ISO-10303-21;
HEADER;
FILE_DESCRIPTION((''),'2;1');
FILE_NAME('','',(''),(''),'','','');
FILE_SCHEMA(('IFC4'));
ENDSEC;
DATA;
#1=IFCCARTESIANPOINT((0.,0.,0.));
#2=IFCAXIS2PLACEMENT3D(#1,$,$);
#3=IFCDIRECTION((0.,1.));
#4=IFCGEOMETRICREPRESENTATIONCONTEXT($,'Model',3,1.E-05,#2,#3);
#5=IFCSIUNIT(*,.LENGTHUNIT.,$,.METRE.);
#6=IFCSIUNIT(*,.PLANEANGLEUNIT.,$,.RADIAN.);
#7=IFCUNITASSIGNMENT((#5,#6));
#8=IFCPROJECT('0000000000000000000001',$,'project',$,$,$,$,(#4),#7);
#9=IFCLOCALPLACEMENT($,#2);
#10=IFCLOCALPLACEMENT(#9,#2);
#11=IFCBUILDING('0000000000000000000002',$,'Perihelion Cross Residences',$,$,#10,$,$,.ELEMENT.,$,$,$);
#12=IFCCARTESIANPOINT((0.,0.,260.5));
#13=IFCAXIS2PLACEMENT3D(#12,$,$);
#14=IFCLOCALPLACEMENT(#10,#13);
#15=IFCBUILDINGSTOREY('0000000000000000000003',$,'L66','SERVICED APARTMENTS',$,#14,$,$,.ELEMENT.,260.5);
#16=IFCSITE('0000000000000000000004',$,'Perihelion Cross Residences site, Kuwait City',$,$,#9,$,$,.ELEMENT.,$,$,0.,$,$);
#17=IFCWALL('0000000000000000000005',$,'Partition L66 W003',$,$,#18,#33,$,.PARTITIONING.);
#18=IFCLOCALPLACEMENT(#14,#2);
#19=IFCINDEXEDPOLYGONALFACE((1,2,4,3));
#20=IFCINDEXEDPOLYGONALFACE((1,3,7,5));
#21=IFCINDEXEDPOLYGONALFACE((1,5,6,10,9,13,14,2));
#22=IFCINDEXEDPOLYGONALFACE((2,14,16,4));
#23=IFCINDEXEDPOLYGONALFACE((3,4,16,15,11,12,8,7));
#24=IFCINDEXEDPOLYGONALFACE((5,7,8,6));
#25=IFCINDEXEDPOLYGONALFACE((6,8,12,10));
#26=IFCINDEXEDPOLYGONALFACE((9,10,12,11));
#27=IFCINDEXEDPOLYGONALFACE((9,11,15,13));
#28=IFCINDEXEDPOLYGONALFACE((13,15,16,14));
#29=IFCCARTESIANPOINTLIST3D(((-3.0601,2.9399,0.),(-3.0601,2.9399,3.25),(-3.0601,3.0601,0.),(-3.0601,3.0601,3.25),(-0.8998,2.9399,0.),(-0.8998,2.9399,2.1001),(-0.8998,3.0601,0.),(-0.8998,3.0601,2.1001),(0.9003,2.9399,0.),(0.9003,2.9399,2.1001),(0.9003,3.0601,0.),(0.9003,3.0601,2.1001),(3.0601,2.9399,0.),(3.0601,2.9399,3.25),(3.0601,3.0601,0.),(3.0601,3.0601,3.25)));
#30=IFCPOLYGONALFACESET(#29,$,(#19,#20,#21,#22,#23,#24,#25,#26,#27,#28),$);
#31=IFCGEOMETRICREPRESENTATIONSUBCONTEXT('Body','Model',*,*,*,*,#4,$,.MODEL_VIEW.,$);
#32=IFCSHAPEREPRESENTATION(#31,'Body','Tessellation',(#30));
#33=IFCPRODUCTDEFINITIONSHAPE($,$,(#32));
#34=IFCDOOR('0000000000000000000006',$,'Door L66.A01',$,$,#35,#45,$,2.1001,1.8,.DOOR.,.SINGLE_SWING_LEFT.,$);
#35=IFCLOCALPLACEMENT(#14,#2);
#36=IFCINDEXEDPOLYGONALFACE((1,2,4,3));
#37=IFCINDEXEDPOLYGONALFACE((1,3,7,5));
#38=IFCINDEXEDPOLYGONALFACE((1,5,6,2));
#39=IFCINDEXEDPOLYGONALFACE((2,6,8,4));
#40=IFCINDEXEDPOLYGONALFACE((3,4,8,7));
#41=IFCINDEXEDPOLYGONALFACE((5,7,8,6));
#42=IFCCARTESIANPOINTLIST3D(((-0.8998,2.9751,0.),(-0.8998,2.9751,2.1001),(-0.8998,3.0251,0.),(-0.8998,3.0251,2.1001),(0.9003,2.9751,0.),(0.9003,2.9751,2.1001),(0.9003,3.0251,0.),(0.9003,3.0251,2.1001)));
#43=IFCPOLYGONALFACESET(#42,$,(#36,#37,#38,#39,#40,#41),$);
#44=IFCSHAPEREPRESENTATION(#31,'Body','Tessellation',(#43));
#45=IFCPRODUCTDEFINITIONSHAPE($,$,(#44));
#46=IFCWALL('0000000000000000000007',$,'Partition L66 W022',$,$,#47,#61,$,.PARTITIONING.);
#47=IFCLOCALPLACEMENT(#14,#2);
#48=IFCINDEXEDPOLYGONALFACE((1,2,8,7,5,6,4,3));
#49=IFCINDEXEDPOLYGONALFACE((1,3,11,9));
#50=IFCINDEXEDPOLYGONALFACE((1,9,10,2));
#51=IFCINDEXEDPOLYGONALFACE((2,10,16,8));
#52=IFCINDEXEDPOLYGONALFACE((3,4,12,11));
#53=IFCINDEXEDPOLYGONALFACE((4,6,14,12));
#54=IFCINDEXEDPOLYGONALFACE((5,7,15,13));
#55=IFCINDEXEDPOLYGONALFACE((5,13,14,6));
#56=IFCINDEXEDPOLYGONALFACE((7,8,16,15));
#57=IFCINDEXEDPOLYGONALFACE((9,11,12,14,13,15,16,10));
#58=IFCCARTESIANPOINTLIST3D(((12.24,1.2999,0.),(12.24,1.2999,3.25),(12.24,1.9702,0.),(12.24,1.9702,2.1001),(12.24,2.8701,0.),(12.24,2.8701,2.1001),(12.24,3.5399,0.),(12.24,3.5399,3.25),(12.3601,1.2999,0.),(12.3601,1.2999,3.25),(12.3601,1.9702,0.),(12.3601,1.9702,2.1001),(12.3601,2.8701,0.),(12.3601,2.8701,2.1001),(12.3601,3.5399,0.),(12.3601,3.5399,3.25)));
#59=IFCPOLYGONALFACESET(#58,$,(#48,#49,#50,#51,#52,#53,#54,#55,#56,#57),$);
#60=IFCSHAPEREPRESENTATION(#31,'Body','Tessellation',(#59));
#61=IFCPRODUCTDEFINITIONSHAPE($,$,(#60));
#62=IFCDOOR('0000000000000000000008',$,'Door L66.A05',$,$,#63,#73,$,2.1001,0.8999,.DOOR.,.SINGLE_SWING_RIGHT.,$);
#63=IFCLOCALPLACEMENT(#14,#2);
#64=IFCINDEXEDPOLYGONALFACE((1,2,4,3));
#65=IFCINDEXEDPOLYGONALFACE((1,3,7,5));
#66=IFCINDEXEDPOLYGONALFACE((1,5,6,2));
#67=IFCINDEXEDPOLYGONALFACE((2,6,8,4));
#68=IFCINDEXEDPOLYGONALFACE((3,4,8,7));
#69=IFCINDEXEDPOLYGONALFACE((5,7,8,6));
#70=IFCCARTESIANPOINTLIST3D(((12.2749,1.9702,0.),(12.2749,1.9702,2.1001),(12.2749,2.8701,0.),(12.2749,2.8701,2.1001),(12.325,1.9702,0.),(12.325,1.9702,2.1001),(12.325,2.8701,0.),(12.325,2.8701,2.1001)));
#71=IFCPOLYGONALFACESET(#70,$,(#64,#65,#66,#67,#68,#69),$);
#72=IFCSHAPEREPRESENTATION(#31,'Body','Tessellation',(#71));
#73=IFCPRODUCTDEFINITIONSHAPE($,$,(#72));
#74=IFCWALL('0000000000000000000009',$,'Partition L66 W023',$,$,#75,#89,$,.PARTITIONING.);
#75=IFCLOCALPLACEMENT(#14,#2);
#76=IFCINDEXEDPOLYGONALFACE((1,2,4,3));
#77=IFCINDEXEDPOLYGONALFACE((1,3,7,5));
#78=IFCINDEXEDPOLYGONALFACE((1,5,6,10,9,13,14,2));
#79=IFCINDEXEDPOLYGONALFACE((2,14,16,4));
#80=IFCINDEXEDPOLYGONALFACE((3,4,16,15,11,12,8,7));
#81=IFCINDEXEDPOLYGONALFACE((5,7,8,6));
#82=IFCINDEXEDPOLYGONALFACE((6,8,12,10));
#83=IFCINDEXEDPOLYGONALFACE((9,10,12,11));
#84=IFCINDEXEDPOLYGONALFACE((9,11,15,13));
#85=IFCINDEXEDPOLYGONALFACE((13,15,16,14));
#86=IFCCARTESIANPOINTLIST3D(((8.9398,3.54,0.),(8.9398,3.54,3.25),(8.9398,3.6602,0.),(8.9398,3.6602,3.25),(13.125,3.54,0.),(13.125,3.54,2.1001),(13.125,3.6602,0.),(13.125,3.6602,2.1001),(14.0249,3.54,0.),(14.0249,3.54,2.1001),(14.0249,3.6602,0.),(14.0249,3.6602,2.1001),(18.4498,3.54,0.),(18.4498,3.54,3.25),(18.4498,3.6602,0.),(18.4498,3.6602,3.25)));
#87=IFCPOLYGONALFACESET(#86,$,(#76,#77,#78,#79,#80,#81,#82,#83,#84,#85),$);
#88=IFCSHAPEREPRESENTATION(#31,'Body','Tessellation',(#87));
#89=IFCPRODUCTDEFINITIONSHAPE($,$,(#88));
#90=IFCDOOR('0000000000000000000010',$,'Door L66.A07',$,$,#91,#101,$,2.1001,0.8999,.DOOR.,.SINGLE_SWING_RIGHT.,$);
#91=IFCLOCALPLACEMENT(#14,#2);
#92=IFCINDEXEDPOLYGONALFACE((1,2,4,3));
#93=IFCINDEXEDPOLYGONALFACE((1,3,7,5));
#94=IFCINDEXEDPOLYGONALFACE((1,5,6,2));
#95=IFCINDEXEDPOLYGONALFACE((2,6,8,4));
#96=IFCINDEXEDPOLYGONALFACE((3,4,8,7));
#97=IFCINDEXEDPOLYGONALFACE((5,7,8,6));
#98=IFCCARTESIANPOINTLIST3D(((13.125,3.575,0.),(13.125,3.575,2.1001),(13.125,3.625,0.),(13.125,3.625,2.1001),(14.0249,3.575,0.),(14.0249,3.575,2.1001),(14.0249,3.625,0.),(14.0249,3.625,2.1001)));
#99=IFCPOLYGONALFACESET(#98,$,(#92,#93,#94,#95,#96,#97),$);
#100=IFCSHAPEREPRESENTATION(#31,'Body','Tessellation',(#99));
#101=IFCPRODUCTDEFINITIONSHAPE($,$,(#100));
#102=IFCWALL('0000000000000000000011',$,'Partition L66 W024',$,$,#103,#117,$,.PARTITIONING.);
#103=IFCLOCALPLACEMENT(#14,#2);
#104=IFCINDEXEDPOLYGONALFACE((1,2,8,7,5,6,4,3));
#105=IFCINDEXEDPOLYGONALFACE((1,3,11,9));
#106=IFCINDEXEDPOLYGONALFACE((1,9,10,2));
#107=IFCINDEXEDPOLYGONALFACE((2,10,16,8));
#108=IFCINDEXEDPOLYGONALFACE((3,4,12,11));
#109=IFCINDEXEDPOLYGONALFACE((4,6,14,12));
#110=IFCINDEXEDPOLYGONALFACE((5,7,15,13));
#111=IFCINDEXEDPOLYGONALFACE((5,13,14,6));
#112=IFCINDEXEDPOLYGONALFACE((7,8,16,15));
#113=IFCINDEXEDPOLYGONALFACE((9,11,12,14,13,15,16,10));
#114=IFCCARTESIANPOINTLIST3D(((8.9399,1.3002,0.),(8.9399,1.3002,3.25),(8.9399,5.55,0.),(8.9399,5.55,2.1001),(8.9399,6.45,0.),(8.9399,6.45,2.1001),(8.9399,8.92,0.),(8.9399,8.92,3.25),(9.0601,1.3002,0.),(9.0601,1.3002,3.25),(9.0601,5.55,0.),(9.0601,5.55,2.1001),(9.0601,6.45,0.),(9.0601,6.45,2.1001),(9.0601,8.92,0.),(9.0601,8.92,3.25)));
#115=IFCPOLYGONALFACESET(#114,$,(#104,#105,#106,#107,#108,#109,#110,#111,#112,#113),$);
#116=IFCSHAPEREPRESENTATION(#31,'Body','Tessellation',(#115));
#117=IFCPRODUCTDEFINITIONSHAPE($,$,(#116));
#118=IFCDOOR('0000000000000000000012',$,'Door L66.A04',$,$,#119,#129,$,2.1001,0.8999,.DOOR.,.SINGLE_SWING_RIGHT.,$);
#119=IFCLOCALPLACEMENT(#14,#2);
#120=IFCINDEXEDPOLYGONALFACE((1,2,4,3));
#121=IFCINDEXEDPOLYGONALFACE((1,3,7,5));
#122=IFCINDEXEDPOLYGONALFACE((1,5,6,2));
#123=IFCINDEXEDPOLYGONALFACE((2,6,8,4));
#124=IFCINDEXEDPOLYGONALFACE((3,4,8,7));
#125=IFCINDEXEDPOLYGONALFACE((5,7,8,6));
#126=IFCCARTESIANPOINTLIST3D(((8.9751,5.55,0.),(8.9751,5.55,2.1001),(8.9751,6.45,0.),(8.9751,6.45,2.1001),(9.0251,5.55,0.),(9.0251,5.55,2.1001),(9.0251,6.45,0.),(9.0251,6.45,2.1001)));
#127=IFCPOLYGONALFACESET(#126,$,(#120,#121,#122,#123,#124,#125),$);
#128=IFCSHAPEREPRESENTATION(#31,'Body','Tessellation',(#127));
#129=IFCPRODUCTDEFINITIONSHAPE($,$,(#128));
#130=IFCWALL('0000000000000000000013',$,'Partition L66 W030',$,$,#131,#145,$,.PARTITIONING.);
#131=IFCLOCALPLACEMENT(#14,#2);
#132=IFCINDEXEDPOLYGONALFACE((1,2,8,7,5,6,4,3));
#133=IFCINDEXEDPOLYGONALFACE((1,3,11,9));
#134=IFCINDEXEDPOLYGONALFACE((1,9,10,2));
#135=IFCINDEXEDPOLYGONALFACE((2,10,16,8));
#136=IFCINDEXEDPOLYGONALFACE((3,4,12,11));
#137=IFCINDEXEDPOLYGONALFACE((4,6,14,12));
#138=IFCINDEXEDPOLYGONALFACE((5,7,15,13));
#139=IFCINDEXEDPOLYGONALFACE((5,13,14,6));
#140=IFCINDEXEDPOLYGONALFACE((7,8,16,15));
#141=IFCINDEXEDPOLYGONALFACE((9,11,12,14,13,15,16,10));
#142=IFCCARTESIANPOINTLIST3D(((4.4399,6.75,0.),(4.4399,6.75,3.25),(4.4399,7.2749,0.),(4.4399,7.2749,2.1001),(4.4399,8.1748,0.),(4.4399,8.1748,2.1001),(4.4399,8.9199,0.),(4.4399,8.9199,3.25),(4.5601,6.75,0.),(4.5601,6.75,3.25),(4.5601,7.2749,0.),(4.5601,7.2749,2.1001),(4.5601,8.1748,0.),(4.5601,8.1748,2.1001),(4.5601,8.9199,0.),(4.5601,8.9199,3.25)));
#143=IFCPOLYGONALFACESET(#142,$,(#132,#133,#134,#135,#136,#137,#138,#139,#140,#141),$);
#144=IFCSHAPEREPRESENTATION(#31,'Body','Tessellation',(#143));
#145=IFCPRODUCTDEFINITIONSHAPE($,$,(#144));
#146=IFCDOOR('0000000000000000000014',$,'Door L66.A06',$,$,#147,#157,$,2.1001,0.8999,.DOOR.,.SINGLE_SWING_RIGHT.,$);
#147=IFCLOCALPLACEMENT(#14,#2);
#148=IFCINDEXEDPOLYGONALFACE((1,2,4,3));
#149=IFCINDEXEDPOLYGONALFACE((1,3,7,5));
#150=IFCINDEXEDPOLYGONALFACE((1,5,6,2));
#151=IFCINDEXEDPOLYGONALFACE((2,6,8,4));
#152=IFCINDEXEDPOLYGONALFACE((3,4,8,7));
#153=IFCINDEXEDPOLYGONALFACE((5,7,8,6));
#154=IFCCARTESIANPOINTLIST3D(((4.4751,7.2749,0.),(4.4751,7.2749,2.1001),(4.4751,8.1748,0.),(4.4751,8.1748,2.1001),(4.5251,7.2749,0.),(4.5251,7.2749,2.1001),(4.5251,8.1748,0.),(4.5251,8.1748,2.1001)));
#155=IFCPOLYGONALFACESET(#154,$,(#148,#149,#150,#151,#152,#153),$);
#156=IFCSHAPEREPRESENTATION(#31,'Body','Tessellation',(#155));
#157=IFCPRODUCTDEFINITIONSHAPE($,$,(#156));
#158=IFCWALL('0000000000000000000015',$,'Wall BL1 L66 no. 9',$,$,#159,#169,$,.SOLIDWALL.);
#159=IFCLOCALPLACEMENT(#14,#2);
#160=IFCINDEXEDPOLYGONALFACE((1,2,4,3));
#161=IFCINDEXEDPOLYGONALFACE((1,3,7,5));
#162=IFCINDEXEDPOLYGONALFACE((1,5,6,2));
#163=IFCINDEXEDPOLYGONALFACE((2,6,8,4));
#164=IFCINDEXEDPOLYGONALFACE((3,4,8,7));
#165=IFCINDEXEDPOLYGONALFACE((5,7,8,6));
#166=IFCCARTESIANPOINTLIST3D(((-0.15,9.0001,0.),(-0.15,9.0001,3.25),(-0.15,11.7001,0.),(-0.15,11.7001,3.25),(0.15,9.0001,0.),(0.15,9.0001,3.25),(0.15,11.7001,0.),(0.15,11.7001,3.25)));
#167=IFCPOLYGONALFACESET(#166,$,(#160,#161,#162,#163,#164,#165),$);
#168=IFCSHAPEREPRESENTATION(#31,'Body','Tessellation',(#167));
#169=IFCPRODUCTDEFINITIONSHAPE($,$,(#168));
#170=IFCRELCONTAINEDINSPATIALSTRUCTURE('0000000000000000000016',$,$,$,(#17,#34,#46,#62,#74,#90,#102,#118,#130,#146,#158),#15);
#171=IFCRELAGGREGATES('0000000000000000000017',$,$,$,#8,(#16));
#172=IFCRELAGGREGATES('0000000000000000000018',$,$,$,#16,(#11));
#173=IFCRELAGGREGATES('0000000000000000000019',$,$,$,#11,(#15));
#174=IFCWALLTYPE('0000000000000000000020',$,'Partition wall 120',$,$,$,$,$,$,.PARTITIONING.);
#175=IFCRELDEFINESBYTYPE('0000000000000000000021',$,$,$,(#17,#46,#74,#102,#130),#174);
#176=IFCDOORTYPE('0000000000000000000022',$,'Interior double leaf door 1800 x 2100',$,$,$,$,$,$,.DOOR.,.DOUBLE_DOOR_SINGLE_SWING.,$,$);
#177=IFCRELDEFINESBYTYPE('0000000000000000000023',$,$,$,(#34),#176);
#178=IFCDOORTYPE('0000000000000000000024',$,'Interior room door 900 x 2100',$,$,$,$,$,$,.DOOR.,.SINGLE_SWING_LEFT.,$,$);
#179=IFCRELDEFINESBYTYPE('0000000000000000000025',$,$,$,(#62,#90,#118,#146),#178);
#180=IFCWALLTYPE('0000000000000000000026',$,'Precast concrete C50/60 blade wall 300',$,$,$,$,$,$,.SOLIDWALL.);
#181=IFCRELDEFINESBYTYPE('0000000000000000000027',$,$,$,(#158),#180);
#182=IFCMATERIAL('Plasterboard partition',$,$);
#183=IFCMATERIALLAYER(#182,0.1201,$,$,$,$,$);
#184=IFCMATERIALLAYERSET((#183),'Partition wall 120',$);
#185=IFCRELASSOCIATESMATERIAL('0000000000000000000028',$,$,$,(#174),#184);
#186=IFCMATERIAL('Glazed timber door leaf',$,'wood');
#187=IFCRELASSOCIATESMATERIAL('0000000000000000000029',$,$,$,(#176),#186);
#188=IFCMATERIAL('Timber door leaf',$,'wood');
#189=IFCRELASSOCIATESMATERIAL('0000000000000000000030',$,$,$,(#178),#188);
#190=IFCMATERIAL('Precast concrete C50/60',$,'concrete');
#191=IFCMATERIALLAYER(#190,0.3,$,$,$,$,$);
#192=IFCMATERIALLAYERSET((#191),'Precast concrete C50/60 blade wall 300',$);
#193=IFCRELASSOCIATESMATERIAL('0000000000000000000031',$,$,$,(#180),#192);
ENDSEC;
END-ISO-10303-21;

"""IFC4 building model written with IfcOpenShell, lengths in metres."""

from ifc_helpers import new_model, si_unit, direction, frame, frame_2d, origin, place, context, subcontext, project, spatial, rectangle, extrude, material, layer, layer_set, type_object, element, fill, save


model = new_model("IFC4")

# Units and contexts
model_context = context("Model", 3, precision=1e-05, world=origin(), true_north=direction((0.0, 1.0)))
body_context = subcontext(model_context, "Body", "Model", "MODEL_VIEW")
ifc_project = project(units=[si_unit("LENGTHUNIT", "METRE"), si_unit("PLANEANGLEUNIT", "RADIAN")], contexts=[model_context])

# Site, building, storey
site_placement = place(None, origin())
site = spatial("IfcSite", under=ifc_project, at=site_placement, Name="Perihelion Cross Residences site, Kuwait City", CompositionType="ELEMENT", RefElevation=0.0)
building_placement = place(site_placement, origin())
building = spatial("IfcBuilding", under=site, at=building_placement, Name="Perihelion Cross Residences", CompositionType="ELEMENT")
storey_placement = place(building_placement, frame((0.0, 0.0, 260.5)))
storey = spatial("IfcBuildingStorey", under=building, at=storey_placement, Name="L66", Description="SERVICED APARTMENTS", CompositionType="ELEMENT", Elevation=260.5)

# Walls, openings, doors
ifc_material_1 = material(Name="Plasterboard partition")
ifc_layer_1 = layer(ifc_material_1, 0.1201)
ifc_layer_set_1 = layer_set([ifc_layer_1], Name="Partition wall 120")
wall_type_1 = type_object("IfcWallType", Name="Partition wall 120", PredefinedType="PARTITIONING", material=ifc_layer_set_1)
wall_1_placement = place(storey_placement, frame((3.0601, 3.0, 0.0), z_axis=(0.0, 0.0, 1.0), x_axis=(-1.0, 0.0, 0.0)))
wall_1 = element("IfcWall", 1, at=wall_1_placement, inside=storey, type_object=wall_type_1, Name="Partition L66 W003", PredefinedType="PARTITIONING", context=body_context, shape_type="SweptSolid", body=[
    extrude(rectangle(XDim=6.1201, YDim=0.1201, at=frame_2d((3.0601, 0.0))), origin(), (0.0, 0.0, 1.0), 3.25),
])
opening_1_placement = place(wall_1_placement, frame((2.1599, 0.0, 0.0)))
opening_1 = element("IfcOpeningElement", 2, at=opening_1_placement, cuts=wall_1, PredefinedType="OPENING", context=body_context, shape_type="SweptSolid", body=[
    extrude(rectangle(XDim=1.8, YDim=2.1001, at=frame_2d((0.8999, 1.05))), frame((0.0, 0.0701, 0.0), z_axis=(0.0, -1.0, 0.0), x_axis=(1.0, 0.0, 0.0)), (0.0, 0.0, 1.0), 0.1401),
])
ifc_material_2 = material(Name="Glazed timber door leaf", Category="wood")
door_type_1 = type_object("IfcDoorType", Name="Interior double leaf door 1800 x 2100", OperationType="DOUBLE_DOOR_SINGLE_SWING", PredefinedType="DOOR", material=ifc_material_2)
door_1_placement = place(opening_1_placement, origin())
door_1 = element("IfcDoor", 3, at=door_1_placement, inside=storey, type_object=door_type_1, Name="Door L66.A01", OperationType="SINGLE_SWING_LEFT", OverallHeight=2.1001, OverallWidth=1.8, PredefinedType="DOOR", context=body_context, shape_type="SweptSolid", body=[
    extrude(rectangle(XDim=1.8, YDim=2.1001, at=frame_2d((0.8999, 1.05))), frame((0.0, 0.0249, 0.0), z_axis=(0.0, -1.0, 0.0), x_axis=(1.0, 0.0, 0.0)), (0.0, 0.0, 1.0), 0.05),
])
fill(opening_1, door_1)
wall_2_placement = place(storey_placement, frame((12.3, 3.54, 0.0), z_axis=(0.0, 0.0, 1.0), x_axis=(0.0, -1.0, 0.0)))
wall_2 = element("IfcWall", 4, at=wall_2_placement, inside=storey, type_object=wall_type_1, Name="Partition L66 W022", PredefinedType="PARTITIONING", context=body_context, shape_type="SweptSolid", body=[
    extrude(rectangle(XDim=2.24, YDim=0.1201, at=frame_2d((1.1201, 0.0))), origin(), (0.0, 0.0, 1.0), 3.25),
])
opening_2_placement = place(wall_2_placement, frame((0.6699, 0.0, 0.0)))
opening_2 = element("IfcOpeningElement", 5, at=opening_2_placement, cuts=wall_2, PredefinedType="OPENING", context=body_context, shape_type="SweptSolid", body=[
    extrude(rectangle(XDim=0.8999, YDim=2.1001, at=frame_2d((0.45, 1.05))), frame((0.0, 0.0701, 0.0), z_axis=(0.0, -1.0, 0.0), x_axis=(1.0, 0.0, 0.0)), (0.0, 0.0, 1.0), 0.1401),
])
ifc_material_3 = material(Name="Timber door leaf", Category="wood")
door_type_2 = type_object("IfcDoorType", Name="Interior room door 900 x 2100", OperationType="SINGLE_SWING_LEFT", PredefinedType="DOOR", material=ifc_material_3)
door_2_placement = place(opening_2_placement, origin())
door_2 = element("IfcDoor", 6, at=door_2_placement, inside=storey, type_object=door_type_2, Name="Door L66.A05", OperationType="SINGLE_SWING_RIGHT", OverallHeight=2.1001, OverallWidth=0.8999, PredefinedType="DOOR", context=body_context, shape_type="SweptSolid", body=[
    extrude(rectangle(XDim=0.8999, YDim=2.1001, at=frame_2d((0.45, 1.05))), frame((0.0, 0.0249, 0.0), z_axis=(0.0, -1.0, 0.0), x_axis=(1.0, 0.0, 0.0)), (0.0, 0.0, 1.0), 0.05),
])
fill(opening_2, door_2)
wall_3_placement = place(storey_placement, frame((8.9399, 3.6001, 0.0), z_axis=(0.0, 0.0, 1.0), x_axis=(1.0, 0.0, 0.0)))
wall_3 = element("IfcWall", 7, at=wall_3_placement, inside=storey, type_object=wall_type_1, Name="Partition L66 W023", PredefinedType="PARTITIONING", context=body_context, shape_type="SweptSolid", body=[
    extrude(rectangle(XDim=9.51, YDim=0.1201, at=frame_2d((4.7549, 0.0))), origin(), (0.0, 0.0, 1.0), 3.25),
])
opening_3_placement = place(wall_3_placement, frame((4.1851, 0.0, 0.0)))
opening_3 = element("IfcOpeningElement", 8, at=opening_3_placement, cuts=wall_3, PredefinedType="OPENING", context=body_context, shape_type="SweptSolid", body=[
    extrude(rectangle(XDim=0.8999, YDim=2.1001, at=frame_2d((0.45, 1.05))), frame((0.0, 0.0701, 0.0), z_axis=(0.0, -1.0, 0.0), x_axis=(1.0, 0.0, 0.0)), (0.0, 0.0, 1.0), 0.1401),
])
door_3_placement = place(opening_3_placement, origin())
door_3 = element("IfcDoor", 9, at=door_3_placement, inside=storey, type_object=door_type_2, Name="Door L66.A07", OperationType="SINGLE_SWING_RIGHT", OverallHeight=2.1001, OverallWidth=0.8999, PredefinedType="DOOR", context=body_context, shape_type="SweptSolid", body=[
    extrude(rectangle(XDim=0.8999, YDim=2.1001, at=frame_2d((0.45, 1.05))), frame((0.0, 0.0249, 0.0), z_axis=(0.0, -1.0, 0.0), x_axis=(1.0, 0.0, 0.0)), (0.0, 0.0, 1.0), 0.05),
])
fill(opening_3, door_3)
wall_4_placement = place(storey_placement, frame((9.0, 1.3, 0.0), z_axis=(0.0, 0.0, 1.0), x_axis=(0.0, 1.0, 0.0)))
wall_4 = element("IfcWall", 10, at=wall_4_placement, inside=storey, type_object=wall_type_1, Name="Partition L66 W024", PredefinedType="PARTITIONING", context=body_context, shape_type="SweptSolid", body=[
    extrude(rectangle(XDim=7.6199, YDim=0.1201, at=frame_2d((3.8101, 0.0))), origin(), (0.0, 0.0, 1.0), 3.25),
])
opening_4_placement = place(wall_4_placement, frame((4.25, 0.0, 0.0)))
opening_4 = element("IfcOpeningElement", 11, at=opening_4_placement, cuts=wall_4, PredefinedType="OPENING", context=body_context, shape_type="SweptSolid", body=[
    extrude(rectangle(XDim=0.8999, YDim=2.1001, at=frame_2d((0.45, 1.05))), frame((0.0, 0.0701, 0.0), z_axis=(0.0, -1.0, 0.0), x_axis=(1.0, 0.0, 0.0)), (0.0, 0.0, 1.0), 0.1401),
])
door_4_placement = place(opening_4_placement, origin())
door_4 = element("IfcDoor", 12, at=door_4_placement, inside=storey, type_object=door_type_2, Name="Door L66.A04", OperationType="SINGLE_SWING_RIGHT", OverallHeight=2.1001, OverallWidth=0.8999, PredefinedType="DOOR", context=body_context, shape_type="SweptSolid", body=[
    extrude(rectangle(XDim=0.8999, YDim=2.1001, at=frame_2d((0.45, 1.05))), frame((0.0, 0.0249, 0.0), z_axis=(0.0, -1.0, 0.0), x_axis=(1.0, 0.0, 0.0)), (0.0, 0.0, 1.0), 0.05),
])
fill(opening_4, door_4)
wall_5_placement = place(storey_placement, frame((4.5, 6.75, 0.0), z_axis=(0.0, 0.0, 1.0), x_axis=(0.0, 1.0, 0.0)))
wall_5 = element("IfcWall", 13, at=wall_5_placement, inside=storey, type_object=wall_type_1, Name="Partition L66 W030", PredefinedType="PARTITIONING", context=body_context, shape_type="SweptSolid", body=[
    extrude(rectangle(XDim=2.1699, YDim=0.1201, at=frame_2d((1.085, 0.0))), origin(), (0.0, 0.0, 1.0), 3.25),
])
opening_5_placement = place(wall_5_placement, frame((0.5249, 0.0, 0.0)))
opening_5 = element("IfcOpeningElement", 14, at=opening_5_placement, cuts=wall_5, PredefinedType="OPENING", context=body_context, shape_type="SweptSolid", body=[
    extrude(rectangle(XDim=0.8999, YDim=2.1001, at=frame_2d((0.45, 1.05))), frame((0.0, 0.0701, 0.0), z_axis=(0.0, -1.0, 0.0), x_axis=(1.0, 0.0, 0.0)), (0.0, 0.0, 1.0), 0.1401),
])
door_5_placement = place(opening_5_placement, origin())
door_5 = element("IfcDoor", 15, at=door_5_placement, inside=storey, type_object=door_type_2, Name="Door L66.A06", OperationType="SINGLE_SWING_RIGHT", OverallHeight=2.1001, OverallWidth=0.8999, PredefinedType="DOOR", context=body_context, shape_type="SweptSolid", body=[
    extrude(rectangle(XDim=0.8999, YDim=2.1001, at=frame_2d((0.45, 1.05))), frame((0.0, 0.0249, 0.0), z_axis=(0.0, -1.0, 0.0), x_axis=(1.0, 0.0, 0.0)), (0.0, 0.0, 1.0), 0.05),
])
fill(opening_5, door_5)

# Wall
ifc_material_4 = material(Name="Precast concrete C50/60", Category="concrete")
ifc_layer_2 = layer(ifc_material_4, 0.3)
ifc_layer_set_2 = layer_set([ifc_layer_2], Name="Precast concrete C50/60 blade wall 300")
wall_type_2 = type_object("IfcWallType", Name="Precast concrete C50/60 blade wall 300", PredefinedType="SOLIDWALL", material=ifc_layer_set_2)
for number, where, z_axis, x_axis, name in (
    (16, (0.0, 9.0, 0.0), (0.0, 0.0, 1.0), (0.0, 1.0, 0.0), "Wall BL1 L66 no. 9"),
):
    element("IfcWall", number, at=place(storey_placement, frame(where, z_axis=z_axis, x_axis=x_axis)), inside=storey, type_object=wall_type_2, Name=name, PredefinedType="SOLIDWALL", context=body_context, shape_type="SweptSolid", body=[
        extrude(rectangle(XDim=2.7, YDim=0.3, at=frame_2d((1.3501, 0.0))), origin(), (0.0, 0.0, 1.0), 3.25),
    ])

save(model, "model.ifc")
